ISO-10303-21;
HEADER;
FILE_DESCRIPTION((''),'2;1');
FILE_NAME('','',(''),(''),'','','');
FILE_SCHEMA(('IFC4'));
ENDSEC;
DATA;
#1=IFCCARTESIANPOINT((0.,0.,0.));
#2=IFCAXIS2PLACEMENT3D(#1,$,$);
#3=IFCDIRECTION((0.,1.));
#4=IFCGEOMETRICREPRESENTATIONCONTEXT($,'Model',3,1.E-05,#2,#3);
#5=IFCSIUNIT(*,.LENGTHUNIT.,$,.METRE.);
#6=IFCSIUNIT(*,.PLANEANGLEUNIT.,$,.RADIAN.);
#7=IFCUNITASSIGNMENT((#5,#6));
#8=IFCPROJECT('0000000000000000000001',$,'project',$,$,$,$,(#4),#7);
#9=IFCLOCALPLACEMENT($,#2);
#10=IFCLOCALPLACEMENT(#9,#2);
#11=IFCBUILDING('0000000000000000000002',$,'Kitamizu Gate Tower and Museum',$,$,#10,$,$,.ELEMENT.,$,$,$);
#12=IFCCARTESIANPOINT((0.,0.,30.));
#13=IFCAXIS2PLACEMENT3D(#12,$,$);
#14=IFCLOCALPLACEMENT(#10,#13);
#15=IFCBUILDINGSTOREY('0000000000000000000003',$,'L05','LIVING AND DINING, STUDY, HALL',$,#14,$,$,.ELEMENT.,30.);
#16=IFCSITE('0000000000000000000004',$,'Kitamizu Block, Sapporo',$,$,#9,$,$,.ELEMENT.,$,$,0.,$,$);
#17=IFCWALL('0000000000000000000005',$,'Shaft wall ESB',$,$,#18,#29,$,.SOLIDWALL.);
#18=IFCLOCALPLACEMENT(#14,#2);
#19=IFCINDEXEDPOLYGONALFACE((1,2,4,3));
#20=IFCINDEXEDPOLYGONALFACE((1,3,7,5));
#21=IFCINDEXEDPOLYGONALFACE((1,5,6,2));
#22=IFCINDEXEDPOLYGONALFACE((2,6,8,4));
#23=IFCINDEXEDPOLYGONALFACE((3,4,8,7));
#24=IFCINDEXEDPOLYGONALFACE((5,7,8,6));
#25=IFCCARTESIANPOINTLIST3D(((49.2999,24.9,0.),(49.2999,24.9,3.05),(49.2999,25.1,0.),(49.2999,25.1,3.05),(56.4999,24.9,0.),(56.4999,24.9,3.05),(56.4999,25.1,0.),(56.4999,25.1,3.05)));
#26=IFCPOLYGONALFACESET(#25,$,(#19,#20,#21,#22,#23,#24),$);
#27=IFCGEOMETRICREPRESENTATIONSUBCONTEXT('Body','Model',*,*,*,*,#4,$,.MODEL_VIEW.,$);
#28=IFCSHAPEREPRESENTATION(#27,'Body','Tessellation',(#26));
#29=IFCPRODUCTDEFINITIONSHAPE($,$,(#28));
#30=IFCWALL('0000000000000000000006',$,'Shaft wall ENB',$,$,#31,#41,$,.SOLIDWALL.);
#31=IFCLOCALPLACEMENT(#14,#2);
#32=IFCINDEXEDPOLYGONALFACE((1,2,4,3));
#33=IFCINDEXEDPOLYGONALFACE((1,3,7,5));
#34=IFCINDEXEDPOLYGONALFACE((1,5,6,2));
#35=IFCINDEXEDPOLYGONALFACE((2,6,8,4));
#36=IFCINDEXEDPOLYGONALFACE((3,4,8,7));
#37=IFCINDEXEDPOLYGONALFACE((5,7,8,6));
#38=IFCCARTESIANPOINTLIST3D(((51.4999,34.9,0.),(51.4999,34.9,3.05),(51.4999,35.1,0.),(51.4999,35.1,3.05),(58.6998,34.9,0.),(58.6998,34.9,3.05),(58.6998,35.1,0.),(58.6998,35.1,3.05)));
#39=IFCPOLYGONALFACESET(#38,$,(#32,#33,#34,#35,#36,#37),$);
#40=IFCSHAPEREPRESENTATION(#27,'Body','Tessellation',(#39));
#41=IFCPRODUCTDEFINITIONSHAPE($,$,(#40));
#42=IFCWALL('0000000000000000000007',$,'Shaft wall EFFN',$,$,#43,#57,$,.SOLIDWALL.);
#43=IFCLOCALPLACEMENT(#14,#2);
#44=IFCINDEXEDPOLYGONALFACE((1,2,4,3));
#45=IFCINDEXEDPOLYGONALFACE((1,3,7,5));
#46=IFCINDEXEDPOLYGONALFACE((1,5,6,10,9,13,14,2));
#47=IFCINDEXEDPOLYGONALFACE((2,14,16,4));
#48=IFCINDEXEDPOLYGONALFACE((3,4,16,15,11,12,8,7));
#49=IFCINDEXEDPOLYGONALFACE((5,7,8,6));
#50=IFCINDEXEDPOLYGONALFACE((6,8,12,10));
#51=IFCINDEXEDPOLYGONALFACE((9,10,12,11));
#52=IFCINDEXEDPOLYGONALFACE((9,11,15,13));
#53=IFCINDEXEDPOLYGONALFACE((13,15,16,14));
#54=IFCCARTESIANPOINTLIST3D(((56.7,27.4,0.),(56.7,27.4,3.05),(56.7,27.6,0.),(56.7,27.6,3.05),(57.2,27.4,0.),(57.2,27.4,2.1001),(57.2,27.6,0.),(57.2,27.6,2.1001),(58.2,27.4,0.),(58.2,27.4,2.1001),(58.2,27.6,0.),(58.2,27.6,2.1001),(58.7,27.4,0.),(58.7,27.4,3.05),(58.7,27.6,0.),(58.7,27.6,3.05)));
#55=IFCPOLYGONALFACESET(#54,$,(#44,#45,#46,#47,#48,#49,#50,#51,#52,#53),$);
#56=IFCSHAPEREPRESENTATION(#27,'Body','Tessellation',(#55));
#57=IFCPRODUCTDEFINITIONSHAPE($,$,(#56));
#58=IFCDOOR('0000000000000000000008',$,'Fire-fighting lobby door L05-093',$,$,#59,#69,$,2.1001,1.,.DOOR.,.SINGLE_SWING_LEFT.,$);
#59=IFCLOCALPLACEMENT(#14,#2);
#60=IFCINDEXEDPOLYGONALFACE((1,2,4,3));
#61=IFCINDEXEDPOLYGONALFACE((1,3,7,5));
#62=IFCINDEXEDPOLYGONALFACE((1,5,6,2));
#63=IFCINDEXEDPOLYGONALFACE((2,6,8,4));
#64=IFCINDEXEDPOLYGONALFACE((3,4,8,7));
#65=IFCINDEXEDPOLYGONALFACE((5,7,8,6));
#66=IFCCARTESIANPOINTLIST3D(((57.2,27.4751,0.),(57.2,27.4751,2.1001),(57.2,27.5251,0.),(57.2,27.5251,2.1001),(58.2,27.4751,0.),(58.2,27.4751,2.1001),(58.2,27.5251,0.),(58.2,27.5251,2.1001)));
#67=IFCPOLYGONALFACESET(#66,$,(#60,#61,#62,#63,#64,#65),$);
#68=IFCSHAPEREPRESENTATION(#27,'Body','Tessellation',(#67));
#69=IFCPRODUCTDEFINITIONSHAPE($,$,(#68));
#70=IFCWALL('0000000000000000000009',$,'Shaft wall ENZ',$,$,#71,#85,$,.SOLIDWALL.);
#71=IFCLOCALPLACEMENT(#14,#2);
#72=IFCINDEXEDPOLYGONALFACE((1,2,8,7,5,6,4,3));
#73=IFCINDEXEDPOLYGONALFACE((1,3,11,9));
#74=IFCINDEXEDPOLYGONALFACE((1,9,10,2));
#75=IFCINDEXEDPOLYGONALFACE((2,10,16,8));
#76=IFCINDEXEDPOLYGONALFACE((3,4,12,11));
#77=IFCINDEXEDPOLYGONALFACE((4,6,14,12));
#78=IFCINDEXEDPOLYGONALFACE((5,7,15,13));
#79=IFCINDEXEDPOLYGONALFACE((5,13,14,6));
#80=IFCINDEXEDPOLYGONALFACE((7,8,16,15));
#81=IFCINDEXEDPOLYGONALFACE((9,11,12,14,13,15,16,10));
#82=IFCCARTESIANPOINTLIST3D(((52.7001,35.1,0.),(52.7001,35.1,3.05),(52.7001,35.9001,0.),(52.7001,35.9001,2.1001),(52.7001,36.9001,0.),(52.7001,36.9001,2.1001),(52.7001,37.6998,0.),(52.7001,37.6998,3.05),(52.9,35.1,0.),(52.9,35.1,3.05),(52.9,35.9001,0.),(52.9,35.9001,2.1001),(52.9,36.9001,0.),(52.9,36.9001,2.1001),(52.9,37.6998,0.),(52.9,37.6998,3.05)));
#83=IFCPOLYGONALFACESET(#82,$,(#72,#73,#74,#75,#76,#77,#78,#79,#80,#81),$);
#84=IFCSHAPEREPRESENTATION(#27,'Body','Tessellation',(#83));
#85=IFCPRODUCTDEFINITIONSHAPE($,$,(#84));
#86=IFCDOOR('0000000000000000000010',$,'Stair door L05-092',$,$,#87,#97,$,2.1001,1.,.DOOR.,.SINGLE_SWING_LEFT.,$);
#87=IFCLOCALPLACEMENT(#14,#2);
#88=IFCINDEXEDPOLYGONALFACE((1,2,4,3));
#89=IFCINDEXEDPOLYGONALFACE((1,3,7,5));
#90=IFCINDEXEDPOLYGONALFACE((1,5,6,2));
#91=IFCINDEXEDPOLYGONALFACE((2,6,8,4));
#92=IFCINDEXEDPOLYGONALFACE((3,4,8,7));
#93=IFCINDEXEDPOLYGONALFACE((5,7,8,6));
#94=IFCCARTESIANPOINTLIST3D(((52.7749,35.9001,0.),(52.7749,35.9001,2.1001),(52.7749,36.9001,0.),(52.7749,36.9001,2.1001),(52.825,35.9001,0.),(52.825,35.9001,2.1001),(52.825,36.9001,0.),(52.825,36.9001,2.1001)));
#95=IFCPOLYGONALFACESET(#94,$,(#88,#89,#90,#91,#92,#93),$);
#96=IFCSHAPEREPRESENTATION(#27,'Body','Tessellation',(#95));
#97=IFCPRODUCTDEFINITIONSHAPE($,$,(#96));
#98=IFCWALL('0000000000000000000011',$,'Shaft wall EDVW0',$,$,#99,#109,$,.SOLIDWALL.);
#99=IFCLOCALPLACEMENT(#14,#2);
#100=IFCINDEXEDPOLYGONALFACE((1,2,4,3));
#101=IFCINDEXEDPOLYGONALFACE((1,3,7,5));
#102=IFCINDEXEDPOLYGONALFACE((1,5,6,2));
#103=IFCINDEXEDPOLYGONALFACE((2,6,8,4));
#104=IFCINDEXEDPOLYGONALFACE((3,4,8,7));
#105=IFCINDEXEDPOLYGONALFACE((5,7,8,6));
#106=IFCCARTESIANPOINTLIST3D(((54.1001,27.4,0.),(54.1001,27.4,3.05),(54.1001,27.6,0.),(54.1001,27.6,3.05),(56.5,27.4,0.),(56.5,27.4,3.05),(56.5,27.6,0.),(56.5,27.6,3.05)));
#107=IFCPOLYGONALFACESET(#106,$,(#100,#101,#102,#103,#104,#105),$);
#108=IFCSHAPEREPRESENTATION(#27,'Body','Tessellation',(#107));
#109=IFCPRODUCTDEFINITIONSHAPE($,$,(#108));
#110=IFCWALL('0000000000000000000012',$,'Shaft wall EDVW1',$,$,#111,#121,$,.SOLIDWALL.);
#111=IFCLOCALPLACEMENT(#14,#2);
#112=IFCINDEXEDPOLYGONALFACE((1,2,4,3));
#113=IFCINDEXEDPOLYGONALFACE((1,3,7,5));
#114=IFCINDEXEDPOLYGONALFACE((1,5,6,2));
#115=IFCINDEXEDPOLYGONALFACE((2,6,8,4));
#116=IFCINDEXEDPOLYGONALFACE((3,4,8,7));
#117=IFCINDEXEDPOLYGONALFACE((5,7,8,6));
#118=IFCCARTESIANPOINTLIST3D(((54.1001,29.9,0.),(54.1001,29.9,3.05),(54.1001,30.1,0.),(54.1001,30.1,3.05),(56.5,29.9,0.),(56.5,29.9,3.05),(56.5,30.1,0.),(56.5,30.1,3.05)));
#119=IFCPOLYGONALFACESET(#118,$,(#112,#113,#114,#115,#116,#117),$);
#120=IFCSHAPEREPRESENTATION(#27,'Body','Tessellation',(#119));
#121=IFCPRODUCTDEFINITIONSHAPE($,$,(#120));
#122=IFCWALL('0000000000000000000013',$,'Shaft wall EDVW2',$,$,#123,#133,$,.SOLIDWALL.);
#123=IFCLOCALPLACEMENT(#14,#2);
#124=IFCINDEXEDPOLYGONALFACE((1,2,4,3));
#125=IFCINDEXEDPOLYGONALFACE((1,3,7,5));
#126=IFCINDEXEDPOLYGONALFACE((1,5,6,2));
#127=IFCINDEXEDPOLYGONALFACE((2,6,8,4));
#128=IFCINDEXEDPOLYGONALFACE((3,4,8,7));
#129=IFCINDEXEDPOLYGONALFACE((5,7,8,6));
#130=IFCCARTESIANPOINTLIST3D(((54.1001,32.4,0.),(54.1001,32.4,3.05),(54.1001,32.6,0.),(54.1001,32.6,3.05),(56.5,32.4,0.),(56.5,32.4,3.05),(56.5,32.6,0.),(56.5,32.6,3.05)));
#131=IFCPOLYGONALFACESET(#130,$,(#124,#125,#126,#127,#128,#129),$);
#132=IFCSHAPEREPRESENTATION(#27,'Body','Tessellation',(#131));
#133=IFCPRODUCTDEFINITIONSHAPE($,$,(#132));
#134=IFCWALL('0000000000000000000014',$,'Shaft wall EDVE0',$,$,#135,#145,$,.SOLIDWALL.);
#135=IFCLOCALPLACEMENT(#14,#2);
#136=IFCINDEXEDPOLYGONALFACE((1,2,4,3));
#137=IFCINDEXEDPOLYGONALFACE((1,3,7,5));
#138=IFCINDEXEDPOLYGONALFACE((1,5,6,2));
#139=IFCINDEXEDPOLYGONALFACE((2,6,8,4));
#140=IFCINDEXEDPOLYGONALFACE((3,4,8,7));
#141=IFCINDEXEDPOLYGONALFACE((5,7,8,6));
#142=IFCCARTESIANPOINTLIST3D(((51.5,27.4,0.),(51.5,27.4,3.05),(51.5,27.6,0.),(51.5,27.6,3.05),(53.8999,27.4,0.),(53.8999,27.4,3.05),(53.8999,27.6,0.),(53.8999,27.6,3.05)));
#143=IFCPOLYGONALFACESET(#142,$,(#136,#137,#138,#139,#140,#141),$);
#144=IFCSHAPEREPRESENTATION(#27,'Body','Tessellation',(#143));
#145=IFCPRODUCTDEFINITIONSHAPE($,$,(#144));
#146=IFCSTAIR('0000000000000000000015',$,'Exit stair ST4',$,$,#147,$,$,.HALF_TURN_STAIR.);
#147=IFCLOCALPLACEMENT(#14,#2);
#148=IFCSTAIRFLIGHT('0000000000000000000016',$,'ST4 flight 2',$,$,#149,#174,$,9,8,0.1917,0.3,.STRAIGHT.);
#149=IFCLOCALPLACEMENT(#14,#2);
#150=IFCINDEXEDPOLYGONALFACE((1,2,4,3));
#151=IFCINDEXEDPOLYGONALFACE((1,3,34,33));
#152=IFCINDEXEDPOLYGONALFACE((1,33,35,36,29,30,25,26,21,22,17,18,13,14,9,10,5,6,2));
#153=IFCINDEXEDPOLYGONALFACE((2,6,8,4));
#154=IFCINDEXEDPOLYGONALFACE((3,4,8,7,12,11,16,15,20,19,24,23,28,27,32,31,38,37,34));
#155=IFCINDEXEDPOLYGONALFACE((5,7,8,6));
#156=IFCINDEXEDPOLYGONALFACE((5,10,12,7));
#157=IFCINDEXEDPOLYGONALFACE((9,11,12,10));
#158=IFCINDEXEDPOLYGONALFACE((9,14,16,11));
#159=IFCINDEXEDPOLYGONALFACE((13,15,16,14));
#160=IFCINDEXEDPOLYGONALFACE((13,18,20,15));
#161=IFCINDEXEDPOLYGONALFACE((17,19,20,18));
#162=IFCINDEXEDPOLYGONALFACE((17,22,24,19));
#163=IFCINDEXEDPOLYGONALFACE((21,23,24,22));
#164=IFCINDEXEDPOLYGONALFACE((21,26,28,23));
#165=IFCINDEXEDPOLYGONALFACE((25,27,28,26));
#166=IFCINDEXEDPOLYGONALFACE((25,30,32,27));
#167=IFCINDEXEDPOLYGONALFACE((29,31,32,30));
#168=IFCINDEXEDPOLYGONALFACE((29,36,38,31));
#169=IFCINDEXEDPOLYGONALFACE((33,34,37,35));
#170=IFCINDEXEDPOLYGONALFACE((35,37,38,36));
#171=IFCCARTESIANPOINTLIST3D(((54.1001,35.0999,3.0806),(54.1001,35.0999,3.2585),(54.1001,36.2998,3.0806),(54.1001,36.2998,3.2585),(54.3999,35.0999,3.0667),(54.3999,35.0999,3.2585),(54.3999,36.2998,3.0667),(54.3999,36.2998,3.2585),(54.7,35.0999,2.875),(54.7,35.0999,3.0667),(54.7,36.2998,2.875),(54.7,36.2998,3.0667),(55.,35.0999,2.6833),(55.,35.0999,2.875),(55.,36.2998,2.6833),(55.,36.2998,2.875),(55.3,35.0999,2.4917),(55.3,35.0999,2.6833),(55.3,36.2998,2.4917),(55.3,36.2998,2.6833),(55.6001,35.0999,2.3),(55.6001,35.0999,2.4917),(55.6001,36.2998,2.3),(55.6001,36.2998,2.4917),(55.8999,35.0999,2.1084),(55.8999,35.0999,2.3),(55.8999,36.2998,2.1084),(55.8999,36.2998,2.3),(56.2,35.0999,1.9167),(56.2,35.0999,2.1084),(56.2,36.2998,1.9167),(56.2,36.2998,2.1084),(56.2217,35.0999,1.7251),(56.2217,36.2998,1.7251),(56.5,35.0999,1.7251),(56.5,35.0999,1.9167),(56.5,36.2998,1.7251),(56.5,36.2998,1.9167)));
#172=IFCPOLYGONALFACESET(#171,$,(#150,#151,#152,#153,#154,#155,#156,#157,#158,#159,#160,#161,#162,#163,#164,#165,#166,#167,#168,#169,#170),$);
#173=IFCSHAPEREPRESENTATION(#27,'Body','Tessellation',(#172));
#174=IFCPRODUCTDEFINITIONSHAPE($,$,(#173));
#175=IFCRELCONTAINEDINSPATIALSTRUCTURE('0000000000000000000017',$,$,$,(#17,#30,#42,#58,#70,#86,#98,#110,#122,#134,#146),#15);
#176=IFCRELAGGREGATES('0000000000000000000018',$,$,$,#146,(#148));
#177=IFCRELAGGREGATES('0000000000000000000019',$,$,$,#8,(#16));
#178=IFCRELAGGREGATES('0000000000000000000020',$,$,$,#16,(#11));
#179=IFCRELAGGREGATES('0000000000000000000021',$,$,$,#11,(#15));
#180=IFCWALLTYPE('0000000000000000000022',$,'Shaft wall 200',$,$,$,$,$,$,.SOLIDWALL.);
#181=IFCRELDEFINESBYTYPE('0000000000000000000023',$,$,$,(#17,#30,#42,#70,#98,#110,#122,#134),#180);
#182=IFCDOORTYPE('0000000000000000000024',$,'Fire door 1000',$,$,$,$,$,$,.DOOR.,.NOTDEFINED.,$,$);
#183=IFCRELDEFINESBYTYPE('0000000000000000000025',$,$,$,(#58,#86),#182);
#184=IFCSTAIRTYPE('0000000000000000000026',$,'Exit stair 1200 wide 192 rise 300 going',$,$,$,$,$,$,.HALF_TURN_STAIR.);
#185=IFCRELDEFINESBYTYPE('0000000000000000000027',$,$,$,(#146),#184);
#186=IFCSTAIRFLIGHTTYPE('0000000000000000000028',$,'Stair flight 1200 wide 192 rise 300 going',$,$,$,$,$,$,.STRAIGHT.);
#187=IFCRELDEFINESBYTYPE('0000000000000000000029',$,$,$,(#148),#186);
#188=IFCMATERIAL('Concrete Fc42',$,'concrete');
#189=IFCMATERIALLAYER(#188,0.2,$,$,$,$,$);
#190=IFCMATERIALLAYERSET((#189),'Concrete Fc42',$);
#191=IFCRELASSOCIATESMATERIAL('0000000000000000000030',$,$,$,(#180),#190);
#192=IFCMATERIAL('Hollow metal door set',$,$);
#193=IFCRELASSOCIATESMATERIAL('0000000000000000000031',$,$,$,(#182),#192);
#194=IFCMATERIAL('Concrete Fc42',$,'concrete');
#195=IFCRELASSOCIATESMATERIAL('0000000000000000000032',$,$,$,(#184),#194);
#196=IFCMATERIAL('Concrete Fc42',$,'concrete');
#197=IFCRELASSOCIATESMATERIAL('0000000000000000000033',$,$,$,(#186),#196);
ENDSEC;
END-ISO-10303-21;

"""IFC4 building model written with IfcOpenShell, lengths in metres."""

from ifc_helpers import new_model, si_unit, direction, frame, frame_2d, origin, place, context, subcontext, project, spatial, polyline, rectangle, outline, extrude, material, layer, layer_set, type_object, element, fill, aggregate, save


model = new_model("IFC4")

# Units and contexts
model_context = context("Model", 3, precision=1e-05, world=origin(), true_north=direction((0.0, 1.0)))
body_context = subcontext(model_context, "Body", "Model", "MODEL_VIEW")
ifc_project = project(units=[si_unit("LENGTHUNIT", "METRE"), si_unit("PLANEANGLEUNIT", "RADIAN")], contexts=[model_context])

# Site, building, storey
site_placement = place(None, origin())
site = spatial("IfcSite", under=ifc_project, at=site_placement, Name="Kitamizu Block, Sapporo", CompositionType="ELEMENT", RefElevation=0.0)
building_placement = place(site_placement, origin())
building = spatial("IfcBuilding", under=site, at=building_placement, Name="Kitamizu Gate Tower and Museum", CompositionType="ELEMENT")
storey_placement = place(building_placement, frame((0.0, 0.0, 30.0)))
storey = spatial("IfcBuildingStorey", under=building, at=storey_placement, Name="L05", Description="LIVING AND DINING, STUDY, HALL", CompositionType="ELEMENT", Elevation=30.0)

# Walls
ifc_material_1 = material(Name="Concrete Fc42", Category="concrete")
ifc_layer_1 = layer(ifc_material_1, 0.2)
ifc_layer_set_1 = layer_set([ifc_layer_1], Name="Concrete Fc42")
wall_type_1 = type_object("IfcWallType", Name="Shaft wall 200", PredefinedType="SOLIDWALL", material=ifc_layer_set_1)
for number, where, z_axis, x_axis, name in (
    (1, (56.5, 25.0, 0.0), (0.0, 0.0, 1.0), (-1.0, 0.0, 0.0), "Shaft wall ESB"),
    (2, (58.7, 35.0, 0.0), (0.0, 0.0, 1.0), (-1.0, 0.0, 0.0), "Shaft wall ENB"),
):
    element("IfcWall", number, at=place(storey_placement, frame(where, z_axis=z_axis, x_axis=x_axis)), inside=storey, type_object=wall_type_1, Name=name, PredefinedType="SOLIDWALL", context=body_context, shape_type="SweptSolid", body=[
        extrude(rectangle(XDim=7.2, YDim=0.2, at=frame_2d((3.6001, 0.0))), origin(), (0.0, 0.0, 1.0), 3.05),
    ])

# Walls, openings, doors
wall_1_placement = place(storey_placement, frame((58.7, 27.5, 0.0), z_axis=(0.0, 0.0, 1.0), x_axis=(-1.0, 0.0, 0.0)))
wall_1 = element("IfcWall", 3, at=wall_1_placement, inside=storey, type_object=wall_type_1, Name="Shaft wall EFFN", PredefinedType="SOLIDWALL", context=body_context, shape_type="SweptSolid", body=[
    extrude(rectangle(XDim=2.0, YDim=0.2, at=frame_2d((1.0, 0.0))), origin(), (0.0, 0.0, 1.0), 3.05),
])
opening_1_placement = place(wall_1_placement, frame((0.5, 0.0, 0.0)))
opening_1 = element("IfcOpeningElement", 4, at=opening_1_placement, cuts=wall_1, PredefinedType="OPENING", context=body_context, shape_type="SweptSolid", body=[
    extrude(rectangle(XDim=1.0, YDim=2.1001, at=frame_2d((0.5, 1.05))), frame((0.0, 0.1099, 0.0), z_axis=(0.0, -1.0, 0.0), x_axis=(1.0, 0.0, 0.0)), (0.0, 0.0, 1.0), 0.22),
])
ifc_material_2 = material(Name="Hollow metal door set")
door_type_1 = type_object("IfcDoorType", Name="Fire door 1000", OperationType="NOTDEFINED", PredefinedType="DOOR", material=ifc_material_2)
door_1_placement = place(opening_1_placement, origin())
door_1 = element("IfcDoor", 5, at=door_1_placement, inside=storey, type_object=door_type_1, Name="Fire-fighting lobby door L05-093", OperationType="SINGLE_SWING_LEFT", OverallHeight=2.1001, OverallWidth=1.0, PredefinedType="DOOR", context=body_context, shape_type="SweptSolid", body=[
    extrude(rectangle(XDim=1.0, YDim=2.1001, at=frame_2d((0.5, 1.05))), frame((0.0, 0.0249, 0.0), z_axis=(0.0, -1.0, 0.0), x_axis=(1.0, 0.0, 0.0)), (0.0, 0.0, 1.0), 0.05),
])
fill(opening_1, door_1)
wall_2_placement = place(storey_placement, frame((52.8, 35.1001, 0.0), z_axis=(0.0, 0.0, 1.0), x_axis=(0.0, 1.0, 0.0)))
wall_2 = element("IfcWall", 6, at=wall_2_placement, inside=storey, type_object=wall_type_1, Name="Shaft wall ENZ", PredefinedType="SOLIDWALL", context=body_context, shape_type="SweptSolid", body=[
    extrude(rectangle(XDim=2.5999, YDim=0.2, at=frame_2d((1.2998, 0.0))), origin(), (0.0, 0.0, 1.0), 3.05),
])
opening_2_placement = place(wall_2_placement, frame((0.8, 0.0, 0.0)))
opening_2 = element("IfcOpeningElement", 7, at=opening_2_placement, cuts=wall_2, PredefinedType="OPENING", context=body_context, shape_type="SweptSolid", body=[
    extrude(rectangle(XDim=1.0, YDim=2.1001, at=frame_2d((0.5, 1.05))), frame((0.0, 0.1099, 0.0), z_axis=(0.0, -1.0, 0.0), x_axis=(1.0, 0.0, 0.0)), (0.0, 0.0, 1.0), 0.22),
])
door_2_placement = place(opening_2_placement, frame((1.0, 0.0, 0.0), x_axis=(-1.0, 0.0, 0.0)))
door_2 = element("IfcDoor", 8, at=door_2_placement, inside=storey, type_object=door_type_1, Name="Stair door L05-092", OperationType="SINGLE_SWING_LEFT", OverallHeight=2.1001, OverallWidth=1.0, PredefinedType="DOOR", context=body_context, shape_type="SweptSolid", body=[
    extrude(rectangle(XDim=1.0, YDim=2.1001, at=frame_2d((0.5, 1.05))), frame((0.0, 0.0249, 0.0), z_axis=(0.0, -1.0, 0.0), x_axis=(1.0, 0.0, 0.0)), (0.0, 0.0, 1.0), 0.05),
])
fill(opening_2, door_2)

# Walls
for number, where, z_axis, x_axis, name in (
    (9, (56.5, 27.5, 0.0), (0.0, 0.0, 1.0), (-1.0, 0.0, 0.0), "Shaft wall EDVW0"),
    (10, (56.5, 30.0, 0.0), (0.0, 0.0, 1.0), (-1.0, 0.0, 0.0), "Shaft wall EDVW1"),
    (11, (56.5, 32.5, 0.0), (0.0, 0.0, 1.0), (-1.0, 0.0, 0.0), "Shaft wall EDVW2"),
    (12, (53.8999, 27.5, 0.0), (0.0, 0.0, 1.0), (-1.0, 0.0, 0.0), "Shaft wall EDVE0"),
):
    element("IfcWall", number, at=place(storey_placement, frame(where, z_axis=z_axis, x_axis=x_axis)), inside=storey, type_object=wall_type_1, Name=name, PredefinedType="SOLIDWALL", context=body_context, shape_type="SweptSolid", body=[
        extrude(rectangle(XDim=2.3999, YDim=0.2, at=frame_2d((1.2, 0.0))), origin(), (0.0, 0.0, 1.0), 3.05),
    ])

# Stair, stair flight
ifc_material_3 = material(Name="Concrete Fc42", Category="concrete")
stair_type = type_object("IfcStairType", Name="Exit stair 1200 wide 192 rise 300 going", PredefinedType="HALF_TURN_STAIR", material=ifc_material_3)
stair_placement = place(storey_placement, origin())
stair = element("IfcStair", 13, at=stair_placement, inside=storey, type_object=stair_type, Name="Exit stair ST4", PredefinedType="HALF_TURN_STAIR")
ifc_material_4 = material(Name="Concrete Fc42", Category="concrete")
stair_flight_type = type_object("IfcStairFlightType", Name="Stair flight 1200 wide 192 rise 300 going", PredefinedType="STRAIGHT", material=ifc_material_4)
stair_flight_placement = place(storey_placement, frame((56.5, 35.7, 1.7251), z_axis=(0.0, 0.0, 1.0), x_axis=(-1.0, 0.0, 0.0)))
stair_flight = element("IfcStairFlight", 14, at=stair_flight_placement, type_object=stair_flight_type, Name="ST4 flight 2", NumberOfRisers=9, NumberOfTreads=8, PredefinedType="STRAIGHT", RiserHeight=0.1917, TreadLength=0.3, context=body_context, shape_type="SweptSolid", body=[
    extrude(outline(polyline([(0.0, 0.0), (0.0, 0.1917), (0.3, 0.1917), (0.3, 0.3833), (0.6001, 0.3833), (0.6001, 0.575), (0.8999, 0.575), (0.8999, 0.7666), (1.2, 0.7666), (1.2, 0.9583), (1.5, 0.9583), (1.5, 1.1499), (1.8, 1.1499), (1.8, 1.3416), (2.1001, 1.3416), (2.1001, 1.5334), (2.3999, 1.5334), (2.3999, 1.7251), (2.3999, 1.3555), (0.2783, 0.0), (0.0, 0.0)])), frame((0.0, 0.6001, 0.0), z_axis=(0.0, -1.0, 0.0), x_axis=(1.0, 0.0, 0.0)), (0.0, 0.0, 1.0), 1.2),
])
aggregate(stair, [stair_flight])

save(model, "model.ifc")
